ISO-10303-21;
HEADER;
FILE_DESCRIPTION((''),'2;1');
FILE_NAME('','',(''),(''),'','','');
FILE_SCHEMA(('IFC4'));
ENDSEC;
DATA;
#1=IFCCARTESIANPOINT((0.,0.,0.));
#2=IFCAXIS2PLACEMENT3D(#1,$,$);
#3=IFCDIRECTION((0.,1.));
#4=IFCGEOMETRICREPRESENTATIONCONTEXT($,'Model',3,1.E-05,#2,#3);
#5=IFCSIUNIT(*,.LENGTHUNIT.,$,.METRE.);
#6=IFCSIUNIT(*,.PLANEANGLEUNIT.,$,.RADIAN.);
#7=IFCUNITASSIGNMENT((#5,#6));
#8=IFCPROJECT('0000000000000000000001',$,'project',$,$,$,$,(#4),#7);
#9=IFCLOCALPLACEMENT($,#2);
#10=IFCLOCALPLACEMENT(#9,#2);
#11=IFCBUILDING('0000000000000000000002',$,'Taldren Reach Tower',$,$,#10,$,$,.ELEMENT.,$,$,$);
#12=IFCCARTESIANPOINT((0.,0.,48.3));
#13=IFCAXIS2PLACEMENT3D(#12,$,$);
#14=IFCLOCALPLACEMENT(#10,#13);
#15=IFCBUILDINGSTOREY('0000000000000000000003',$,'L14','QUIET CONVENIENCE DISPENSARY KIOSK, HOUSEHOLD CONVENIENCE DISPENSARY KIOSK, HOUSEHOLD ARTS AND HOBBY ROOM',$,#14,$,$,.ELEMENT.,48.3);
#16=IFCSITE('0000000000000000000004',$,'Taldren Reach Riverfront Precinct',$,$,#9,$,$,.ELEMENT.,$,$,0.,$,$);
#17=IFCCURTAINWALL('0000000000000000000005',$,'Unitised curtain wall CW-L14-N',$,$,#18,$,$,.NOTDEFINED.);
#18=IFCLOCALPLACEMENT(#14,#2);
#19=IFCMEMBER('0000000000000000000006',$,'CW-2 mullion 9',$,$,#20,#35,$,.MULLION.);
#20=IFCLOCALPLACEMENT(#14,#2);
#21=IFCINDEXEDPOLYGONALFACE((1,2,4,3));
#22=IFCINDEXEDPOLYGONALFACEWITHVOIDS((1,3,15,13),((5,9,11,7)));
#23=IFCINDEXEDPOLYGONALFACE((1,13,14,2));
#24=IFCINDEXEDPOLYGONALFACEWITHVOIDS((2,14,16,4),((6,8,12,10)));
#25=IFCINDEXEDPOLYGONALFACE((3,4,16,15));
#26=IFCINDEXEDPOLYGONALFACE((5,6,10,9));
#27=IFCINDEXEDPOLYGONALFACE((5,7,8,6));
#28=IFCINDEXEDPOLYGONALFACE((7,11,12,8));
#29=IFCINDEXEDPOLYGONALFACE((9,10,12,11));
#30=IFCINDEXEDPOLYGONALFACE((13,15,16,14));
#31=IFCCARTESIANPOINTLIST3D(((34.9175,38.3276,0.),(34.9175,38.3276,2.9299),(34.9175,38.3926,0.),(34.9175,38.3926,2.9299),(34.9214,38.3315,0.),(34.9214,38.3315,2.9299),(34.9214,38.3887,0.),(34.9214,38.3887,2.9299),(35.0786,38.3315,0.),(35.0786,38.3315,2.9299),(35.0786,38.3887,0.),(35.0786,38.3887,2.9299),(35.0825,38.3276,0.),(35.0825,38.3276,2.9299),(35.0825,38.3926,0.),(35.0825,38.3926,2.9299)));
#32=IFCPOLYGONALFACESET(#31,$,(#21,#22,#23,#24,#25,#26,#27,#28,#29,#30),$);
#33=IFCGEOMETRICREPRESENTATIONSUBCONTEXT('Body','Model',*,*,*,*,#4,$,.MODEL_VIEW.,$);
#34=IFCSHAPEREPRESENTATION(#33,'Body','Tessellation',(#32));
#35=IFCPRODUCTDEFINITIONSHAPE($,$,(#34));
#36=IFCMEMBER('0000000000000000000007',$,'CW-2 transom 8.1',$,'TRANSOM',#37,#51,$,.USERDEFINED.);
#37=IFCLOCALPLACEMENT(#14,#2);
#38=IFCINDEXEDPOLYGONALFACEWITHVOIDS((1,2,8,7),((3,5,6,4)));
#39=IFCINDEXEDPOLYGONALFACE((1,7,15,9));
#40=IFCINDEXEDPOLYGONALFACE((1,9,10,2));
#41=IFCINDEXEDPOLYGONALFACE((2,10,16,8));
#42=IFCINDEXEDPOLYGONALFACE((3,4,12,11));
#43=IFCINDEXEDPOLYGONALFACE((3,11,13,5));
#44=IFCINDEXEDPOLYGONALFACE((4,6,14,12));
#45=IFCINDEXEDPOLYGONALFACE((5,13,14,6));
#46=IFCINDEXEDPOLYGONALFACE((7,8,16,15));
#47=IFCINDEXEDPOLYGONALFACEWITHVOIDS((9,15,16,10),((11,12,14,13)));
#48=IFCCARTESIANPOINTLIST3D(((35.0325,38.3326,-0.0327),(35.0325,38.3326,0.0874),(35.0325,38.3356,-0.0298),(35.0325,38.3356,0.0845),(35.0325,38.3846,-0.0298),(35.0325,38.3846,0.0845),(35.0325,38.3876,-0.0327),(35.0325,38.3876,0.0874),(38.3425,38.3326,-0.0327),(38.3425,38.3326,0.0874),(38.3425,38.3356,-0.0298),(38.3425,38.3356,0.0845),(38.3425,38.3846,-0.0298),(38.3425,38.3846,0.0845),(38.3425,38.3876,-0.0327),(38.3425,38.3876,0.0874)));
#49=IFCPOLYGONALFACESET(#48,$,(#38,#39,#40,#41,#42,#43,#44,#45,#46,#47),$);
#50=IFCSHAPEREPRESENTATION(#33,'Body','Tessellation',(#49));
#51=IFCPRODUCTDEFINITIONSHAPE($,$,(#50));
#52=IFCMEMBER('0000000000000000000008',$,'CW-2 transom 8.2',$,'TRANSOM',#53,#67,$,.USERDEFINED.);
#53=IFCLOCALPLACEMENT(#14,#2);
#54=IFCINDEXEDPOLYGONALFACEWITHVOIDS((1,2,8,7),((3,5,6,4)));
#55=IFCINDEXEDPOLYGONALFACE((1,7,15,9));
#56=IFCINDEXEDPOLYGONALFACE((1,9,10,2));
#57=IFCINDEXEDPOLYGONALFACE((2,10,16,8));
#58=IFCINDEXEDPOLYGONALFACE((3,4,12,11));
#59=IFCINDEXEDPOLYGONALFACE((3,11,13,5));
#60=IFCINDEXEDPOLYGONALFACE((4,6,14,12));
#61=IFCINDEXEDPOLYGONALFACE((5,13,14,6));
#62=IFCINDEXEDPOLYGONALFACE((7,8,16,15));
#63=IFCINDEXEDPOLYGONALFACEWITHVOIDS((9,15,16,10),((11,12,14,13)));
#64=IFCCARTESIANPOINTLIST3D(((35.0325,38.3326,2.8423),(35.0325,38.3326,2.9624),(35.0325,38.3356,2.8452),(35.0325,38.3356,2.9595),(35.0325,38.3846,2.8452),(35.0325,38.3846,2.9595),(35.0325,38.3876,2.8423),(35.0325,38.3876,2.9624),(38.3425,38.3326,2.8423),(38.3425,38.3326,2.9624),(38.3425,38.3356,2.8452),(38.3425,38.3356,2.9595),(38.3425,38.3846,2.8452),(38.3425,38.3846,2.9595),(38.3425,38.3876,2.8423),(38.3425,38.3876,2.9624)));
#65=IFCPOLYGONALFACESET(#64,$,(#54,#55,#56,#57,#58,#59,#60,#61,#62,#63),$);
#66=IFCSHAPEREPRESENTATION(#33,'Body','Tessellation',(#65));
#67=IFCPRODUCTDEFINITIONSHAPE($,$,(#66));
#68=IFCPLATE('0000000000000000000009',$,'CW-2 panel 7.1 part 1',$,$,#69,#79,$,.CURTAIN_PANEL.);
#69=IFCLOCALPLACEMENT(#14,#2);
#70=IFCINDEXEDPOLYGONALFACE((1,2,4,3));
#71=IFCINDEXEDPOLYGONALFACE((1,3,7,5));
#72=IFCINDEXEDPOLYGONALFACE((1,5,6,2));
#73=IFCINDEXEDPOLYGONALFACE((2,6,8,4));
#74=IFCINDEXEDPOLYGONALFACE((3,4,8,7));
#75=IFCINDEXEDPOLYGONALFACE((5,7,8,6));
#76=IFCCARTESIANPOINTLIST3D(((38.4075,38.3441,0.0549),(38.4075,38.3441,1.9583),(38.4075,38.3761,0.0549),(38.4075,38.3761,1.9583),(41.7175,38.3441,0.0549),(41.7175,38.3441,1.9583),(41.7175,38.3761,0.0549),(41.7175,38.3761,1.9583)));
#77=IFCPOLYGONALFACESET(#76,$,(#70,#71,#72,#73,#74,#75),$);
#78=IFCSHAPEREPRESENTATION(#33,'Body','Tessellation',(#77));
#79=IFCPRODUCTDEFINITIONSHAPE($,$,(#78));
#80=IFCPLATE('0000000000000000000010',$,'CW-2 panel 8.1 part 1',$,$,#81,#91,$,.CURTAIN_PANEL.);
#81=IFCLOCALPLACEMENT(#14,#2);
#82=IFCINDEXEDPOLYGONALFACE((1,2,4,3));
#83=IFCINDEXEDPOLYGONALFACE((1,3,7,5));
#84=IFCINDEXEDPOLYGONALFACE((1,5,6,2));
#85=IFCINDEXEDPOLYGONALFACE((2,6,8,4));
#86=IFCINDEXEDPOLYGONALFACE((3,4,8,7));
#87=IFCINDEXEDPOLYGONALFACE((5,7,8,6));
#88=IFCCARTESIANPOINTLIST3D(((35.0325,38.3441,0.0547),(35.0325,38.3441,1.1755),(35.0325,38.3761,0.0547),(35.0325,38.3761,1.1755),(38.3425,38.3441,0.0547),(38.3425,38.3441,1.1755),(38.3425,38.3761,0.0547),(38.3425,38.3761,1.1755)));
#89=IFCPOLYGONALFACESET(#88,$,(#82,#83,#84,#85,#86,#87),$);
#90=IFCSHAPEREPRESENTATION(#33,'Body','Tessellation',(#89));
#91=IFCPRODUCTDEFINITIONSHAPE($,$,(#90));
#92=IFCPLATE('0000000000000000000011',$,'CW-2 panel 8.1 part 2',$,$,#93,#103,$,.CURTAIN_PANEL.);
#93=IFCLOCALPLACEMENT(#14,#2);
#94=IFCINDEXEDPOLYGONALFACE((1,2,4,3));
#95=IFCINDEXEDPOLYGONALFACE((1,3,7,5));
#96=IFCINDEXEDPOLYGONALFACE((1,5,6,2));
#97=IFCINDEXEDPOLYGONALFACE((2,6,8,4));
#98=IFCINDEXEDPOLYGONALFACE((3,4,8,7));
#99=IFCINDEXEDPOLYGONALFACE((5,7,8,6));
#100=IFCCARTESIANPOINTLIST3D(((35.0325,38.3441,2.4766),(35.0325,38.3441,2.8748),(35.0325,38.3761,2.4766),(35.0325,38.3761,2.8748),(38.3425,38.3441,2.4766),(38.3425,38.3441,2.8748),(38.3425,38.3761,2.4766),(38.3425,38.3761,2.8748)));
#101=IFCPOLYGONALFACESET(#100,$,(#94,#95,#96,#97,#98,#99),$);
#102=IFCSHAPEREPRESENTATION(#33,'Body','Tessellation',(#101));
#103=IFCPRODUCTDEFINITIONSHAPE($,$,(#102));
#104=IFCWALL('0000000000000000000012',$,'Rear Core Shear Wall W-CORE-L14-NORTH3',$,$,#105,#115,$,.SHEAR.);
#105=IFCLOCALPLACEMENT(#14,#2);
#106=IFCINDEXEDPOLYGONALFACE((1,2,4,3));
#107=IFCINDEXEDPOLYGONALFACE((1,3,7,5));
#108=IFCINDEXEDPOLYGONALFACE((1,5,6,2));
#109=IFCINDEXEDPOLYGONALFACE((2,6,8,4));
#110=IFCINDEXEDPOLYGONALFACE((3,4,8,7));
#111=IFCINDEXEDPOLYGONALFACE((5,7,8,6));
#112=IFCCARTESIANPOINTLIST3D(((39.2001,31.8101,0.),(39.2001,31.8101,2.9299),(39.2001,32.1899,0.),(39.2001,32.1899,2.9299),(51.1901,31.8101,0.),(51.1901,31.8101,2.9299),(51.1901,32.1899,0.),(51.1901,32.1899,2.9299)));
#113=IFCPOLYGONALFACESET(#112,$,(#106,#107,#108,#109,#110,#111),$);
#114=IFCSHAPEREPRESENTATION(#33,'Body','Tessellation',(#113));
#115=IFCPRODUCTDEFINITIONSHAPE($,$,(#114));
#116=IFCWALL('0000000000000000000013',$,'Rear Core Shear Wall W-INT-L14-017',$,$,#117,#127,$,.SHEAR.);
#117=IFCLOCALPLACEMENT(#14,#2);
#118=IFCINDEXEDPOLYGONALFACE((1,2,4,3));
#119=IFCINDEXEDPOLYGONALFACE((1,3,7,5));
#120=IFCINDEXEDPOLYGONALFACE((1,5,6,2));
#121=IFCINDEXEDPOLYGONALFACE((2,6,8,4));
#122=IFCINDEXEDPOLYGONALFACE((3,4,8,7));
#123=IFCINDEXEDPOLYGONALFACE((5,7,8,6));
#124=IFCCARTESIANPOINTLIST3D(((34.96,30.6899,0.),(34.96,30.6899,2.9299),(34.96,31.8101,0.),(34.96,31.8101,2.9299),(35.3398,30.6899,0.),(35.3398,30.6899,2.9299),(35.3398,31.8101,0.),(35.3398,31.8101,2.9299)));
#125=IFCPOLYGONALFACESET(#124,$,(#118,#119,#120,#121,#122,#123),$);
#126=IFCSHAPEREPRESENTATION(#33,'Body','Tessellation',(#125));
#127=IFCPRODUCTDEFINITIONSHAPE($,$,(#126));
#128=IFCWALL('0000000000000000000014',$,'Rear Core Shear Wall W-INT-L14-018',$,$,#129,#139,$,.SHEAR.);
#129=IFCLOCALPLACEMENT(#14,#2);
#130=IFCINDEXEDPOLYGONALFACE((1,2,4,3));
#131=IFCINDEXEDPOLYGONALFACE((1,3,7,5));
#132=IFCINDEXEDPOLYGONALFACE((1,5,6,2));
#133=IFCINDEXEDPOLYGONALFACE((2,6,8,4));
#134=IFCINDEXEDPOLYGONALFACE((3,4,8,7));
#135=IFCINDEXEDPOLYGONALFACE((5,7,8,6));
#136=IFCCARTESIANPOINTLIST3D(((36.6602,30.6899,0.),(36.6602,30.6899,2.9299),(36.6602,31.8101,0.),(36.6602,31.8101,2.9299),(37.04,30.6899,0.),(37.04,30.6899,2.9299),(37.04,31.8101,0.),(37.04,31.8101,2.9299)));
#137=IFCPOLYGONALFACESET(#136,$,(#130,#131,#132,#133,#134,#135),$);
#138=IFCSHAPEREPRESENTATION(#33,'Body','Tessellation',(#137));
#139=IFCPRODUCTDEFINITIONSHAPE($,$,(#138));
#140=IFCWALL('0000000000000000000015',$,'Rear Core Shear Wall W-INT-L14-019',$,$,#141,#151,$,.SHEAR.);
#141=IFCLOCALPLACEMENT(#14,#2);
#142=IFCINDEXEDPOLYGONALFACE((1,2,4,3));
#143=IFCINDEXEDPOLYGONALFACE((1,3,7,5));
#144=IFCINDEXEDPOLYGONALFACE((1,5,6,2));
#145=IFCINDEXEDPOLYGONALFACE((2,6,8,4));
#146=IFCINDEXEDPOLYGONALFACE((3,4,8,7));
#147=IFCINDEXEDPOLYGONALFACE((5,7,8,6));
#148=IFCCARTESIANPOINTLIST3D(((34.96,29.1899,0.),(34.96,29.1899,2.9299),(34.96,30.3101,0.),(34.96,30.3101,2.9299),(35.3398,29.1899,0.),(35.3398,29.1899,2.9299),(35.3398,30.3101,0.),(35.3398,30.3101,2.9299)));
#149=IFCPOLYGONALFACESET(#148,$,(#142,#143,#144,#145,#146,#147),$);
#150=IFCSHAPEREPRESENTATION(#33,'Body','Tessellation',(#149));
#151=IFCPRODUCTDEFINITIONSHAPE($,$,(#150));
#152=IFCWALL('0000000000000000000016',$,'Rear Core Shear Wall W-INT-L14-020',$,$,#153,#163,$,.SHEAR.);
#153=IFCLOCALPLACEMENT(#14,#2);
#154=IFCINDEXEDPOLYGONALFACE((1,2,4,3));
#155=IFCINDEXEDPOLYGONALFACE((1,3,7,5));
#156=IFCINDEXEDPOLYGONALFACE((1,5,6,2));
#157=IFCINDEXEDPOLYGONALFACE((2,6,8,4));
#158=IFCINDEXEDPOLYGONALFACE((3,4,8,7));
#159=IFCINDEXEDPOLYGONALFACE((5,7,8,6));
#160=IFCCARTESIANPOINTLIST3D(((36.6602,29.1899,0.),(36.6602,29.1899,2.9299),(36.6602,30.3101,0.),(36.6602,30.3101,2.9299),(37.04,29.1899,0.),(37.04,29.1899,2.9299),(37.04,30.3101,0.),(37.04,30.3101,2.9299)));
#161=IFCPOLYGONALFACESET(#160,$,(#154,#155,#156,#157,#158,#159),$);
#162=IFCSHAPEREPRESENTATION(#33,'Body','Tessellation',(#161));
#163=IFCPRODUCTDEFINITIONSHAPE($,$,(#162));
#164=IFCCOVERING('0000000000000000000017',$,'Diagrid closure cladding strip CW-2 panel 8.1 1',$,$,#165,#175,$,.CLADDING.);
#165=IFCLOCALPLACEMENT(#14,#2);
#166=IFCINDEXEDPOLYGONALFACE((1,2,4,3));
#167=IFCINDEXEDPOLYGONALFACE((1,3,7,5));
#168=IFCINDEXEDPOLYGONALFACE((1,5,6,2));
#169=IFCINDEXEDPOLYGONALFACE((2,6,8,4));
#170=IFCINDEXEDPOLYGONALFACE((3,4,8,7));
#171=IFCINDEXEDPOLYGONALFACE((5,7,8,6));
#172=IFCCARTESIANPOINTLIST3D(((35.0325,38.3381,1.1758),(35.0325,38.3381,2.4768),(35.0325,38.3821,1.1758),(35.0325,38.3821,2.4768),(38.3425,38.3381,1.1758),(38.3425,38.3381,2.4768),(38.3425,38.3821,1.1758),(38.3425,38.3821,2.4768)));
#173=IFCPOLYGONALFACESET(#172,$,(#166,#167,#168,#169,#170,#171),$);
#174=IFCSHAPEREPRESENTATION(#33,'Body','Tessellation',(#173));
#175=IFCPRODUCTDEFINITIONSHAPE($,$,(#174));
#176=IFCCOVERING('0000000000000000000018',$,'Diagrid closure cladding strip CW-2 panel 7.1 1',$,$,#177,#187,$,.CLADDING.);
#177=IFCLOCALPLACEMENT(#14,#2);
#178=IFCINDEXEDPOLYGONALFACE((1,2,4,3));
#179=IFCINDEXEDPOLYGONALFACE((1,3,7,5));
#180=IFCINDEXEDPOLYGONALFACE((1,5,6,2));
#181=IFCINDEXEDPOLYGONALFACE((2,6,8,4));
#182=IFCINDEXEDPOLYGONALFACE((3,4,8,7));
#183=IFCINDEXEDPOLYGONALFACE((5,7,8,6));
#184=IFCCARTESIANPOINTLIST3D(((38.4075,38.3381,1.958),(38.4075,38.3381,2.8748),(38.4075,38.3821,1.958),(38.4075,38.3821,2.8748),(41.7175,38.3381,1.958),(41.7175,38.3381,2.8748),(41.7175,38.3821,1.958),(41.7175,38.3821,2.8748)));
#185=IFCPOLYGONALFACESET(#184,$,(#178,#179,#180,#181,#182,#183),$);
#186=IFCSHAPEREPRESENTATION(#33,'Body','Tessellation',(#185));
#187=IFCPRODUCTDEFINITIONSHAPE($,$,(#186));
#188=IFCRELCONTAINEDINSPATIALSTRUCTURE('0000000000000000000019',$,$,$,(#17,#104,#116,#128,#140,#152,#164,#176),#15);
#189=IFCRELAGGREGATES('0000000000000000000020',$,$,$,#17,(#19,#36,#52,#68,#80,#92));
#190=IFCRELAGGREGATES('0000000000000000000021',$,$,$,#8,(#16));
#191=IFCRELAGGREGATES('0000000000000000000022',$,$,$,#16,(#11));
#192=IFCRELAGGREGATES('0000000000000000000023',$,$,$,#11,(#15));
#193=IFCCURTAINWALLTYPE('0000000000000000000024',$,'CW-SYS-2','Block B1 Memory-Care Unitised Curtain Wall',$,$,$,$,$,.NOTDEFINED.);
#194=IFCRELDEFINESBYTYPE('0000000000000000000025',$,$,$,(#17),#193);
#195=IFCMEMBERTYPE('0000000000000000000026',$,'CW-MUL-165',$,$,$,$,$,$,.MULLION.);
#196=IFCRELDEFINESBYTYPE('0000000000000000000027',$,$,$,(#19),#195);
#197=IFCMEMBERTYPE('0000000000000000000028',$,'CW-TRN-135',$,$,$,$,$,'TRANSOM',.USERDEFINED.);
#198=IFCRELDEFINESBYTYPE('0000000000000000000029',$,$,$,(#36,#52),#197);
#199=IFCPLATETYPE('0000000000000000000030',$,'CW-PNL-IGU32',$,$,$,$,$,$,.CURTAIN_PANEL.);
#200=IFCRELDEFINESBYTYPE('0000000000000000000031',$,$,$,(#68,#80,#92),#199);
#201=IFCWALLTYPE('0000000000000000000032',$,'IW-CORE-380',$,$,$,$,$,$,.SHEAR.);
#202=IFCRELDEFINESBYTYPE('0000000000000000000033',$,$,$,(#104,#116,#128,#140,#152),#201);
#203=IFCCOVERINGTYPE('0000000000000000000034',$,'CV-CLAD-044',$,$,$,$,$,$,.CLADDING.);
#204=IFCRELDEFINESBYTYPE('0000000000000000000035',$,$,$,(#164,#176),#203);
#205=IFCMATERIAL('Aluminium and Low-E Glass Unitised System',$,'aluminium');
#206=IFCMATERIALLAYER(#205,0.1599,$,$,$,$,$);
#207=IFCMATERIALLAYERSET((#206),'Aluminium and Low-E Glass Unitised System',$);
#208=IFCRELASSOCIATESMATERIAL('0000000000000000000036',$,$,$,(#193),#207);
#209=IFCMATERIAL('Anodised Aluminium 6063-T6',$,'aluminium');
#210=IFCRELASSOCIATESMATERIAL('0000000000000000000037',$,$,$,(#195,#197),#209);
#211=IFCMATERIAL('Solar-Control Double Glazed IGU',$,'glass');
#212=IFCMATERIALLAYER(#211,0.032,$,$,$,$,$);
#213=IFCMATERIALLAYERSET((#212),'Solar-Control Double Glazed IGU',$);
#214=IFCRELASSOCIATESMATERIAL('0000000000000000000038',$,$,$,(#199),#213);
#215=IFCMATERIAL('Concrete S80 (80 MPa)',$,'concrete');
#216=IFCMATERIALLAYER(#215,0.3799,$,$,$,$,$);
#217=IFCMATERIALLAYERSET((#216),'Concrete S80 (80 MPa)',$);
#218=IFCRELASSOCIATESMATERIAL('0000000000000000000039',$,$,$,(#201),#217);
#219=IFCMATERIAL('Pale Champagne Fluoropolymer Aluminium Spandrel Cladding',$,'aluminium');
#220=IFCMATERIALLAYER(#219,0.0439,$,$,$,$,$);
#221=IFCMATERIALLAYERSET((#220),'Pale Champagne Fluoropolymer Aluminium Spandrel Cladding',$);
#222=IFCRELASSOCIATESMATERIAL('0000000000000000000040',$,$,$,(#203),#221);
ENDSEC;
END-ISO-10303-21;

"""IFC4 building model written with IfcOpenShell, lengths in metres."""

from ifc_helpers import new_model, si_unit, direction, frame, frame_2d, origin, origin_2d, place, context, subcontext, project, spatial, rectangle, hollow_rectangle, extrude, source, transform, mapped, material, layer, layer_set, material_profile, profile_set, type_object, element, aggregate, save


model = new_model("IFC4")

# Units and contexts
model_context = context("Model", 3, precision=1e-05, world=origin(), true_north=direction((0.0, 1.0)))
body_context = subcontext(model_context, "Body", "Model", "MODEL_VIEW")
ifc_project = project(units=[si_unit("LENGTHUNIT", "METRE"), si_unit("PLANEANGLEUNIT", "RADIAN")], contexts=[model_context])

# Site, building, storey
site_placement = place(None, origin())
site = spatial("IfcSite", under=ifc_project, at=site_placement, Name="Taldren Reach Riverfront Precinct", CompositionType="ELEMENT", RefElevation=0.0)
building_placement = place(site_placement, origin())
building = spatial("IfcBuilding", under=site, at=building_placement, Name="Taldren Reach Tower", CompositionType="ELEMENT")
storey_placement = place(building_placement, frame((0.0, 0.0, 48.3)))
storey = spatial("IfcBuildingStorey", under=building, at=storey_placement, Name="L14", Description="QUIET CONVENIENCE DISPENSARY KIOSK, HOUSEHOLD CONVENIENCE DISPENSARY KIOSK, HOUSEHOLD ARTS AND HOBBY ROOM", CompositionType="ELEMENT", Elevation=48.3)

# Curtain wall, members, plates
ifc_material_1 = material(Name="Aluminium and Low-E Glass Unitised System", Category="aluminium")
ifc_layer_1 = layer(ifc_material_1, 0.1599)
ifc_layer_set_1 = layer_set([ifc_layer_1], Name="Aluminium and Low-E Glass Unitised System")
curtain_wall_type = type_object("IfcCurtainWallType", Name="CW-SYS-2", Description="Block B1 Memory-Care Unitised Curtain Wall", PredefinedType="NOTDEFINED", material=ifc_layer_set_1)
curtain_wall_placement = place(storey_placement, origin())
curtain_wall = element("IfcCurtainWall", 1, at=curtain_wall_placement, inside=storey, type_object=curtain_wall_type, Name="Unitised curtain wall CW-L14-N", PredefinedType="NOTDEFINED")
ifc_material_2 = material(Name="Anodised Aluminium 6063-T6", Category="aluminium")
ifc_material_profile_1 = material_profile(ifc_material_2, hollow_rectangle(XDim=0.0649, YDim=0.165, WallThickness=0.0039, at=origin_2d()), Name="ALU-165x65x4RHS")
ifc_profile_set_1 = profile_set([ifc_material_profile_1], Name="Anodised Aluminium 6063-T6")
member_type_1 = type_object("IfcMemberType", Name="CW-MUL-165", PredefinedType="MULLION", material=ifc_profile_set_1)
shared_shape_1 = source(origin(), body_context, "Body", "SweptSolid", [
    extrude(hollow_rectangle(XDim=0.0649, YDim=0.165, WallThickness=0.0039, at=origin_2d()), origin(), (0.0, 0.0, 1.0), 2.9299),
])
member_1_placement = place(storey_placement, frame((35.0, 38.3601, 0.0), z_axis=(0.0, 0.0, 1.0), x_axis=(0.0, -1.0, 0.0)))
member_1 = element("IfcMember", 2, at=member_1_placement, type_object=member_type_1, Name="CW-2 mullion 9", PredefinedType="MULLION", context=body_context, shape_type="MappedRepresentation", body=[
    mapped(shared_shape_1, transform((0.0, 0.0, 0.0), scale=1.0)),
])
ifc_material_profile_2 = material_profile(ifc_material_2, hollow_rectangle(XDim=0.0549, YDim=0.1201, WallThickness=0.0029, at=origin_2d()), Name="ALU-120x55x3RHS")
ifc_profile_set_2 = profile_set([ifc_material_profile_2], Name="Anodised Aluminium 6063-T6")
member_type_2 = type_object("IfcMemberType", Name="CW-TRN-135", ElementType="TRANSOM", PredefinedType="USERDEFINED", material=ifc_profile_set_2)
shared_shape_2 = source(origin(), body_context, "Body", "SweptSolid", [
    extrude(hollow_rectangle(XDim=0.0549, YDim=0.1201, WallThickness=0.0029, at=origin_2d()), origin(), (0.0, 0.0, 1.0), 3.3101),
])
member_2_placement = place(storey_placement, frame((38.3425, 38.3601, 0.0273), z_axis=(-1.0, 0.0, 0.0), x_axis=(0.0, -1.0, 0.0)))
member_2 = element("IfcMember", 3, at=member_2_placement, type_object=member_type_2, Name="CW-2 transom 8.1", ObjectType="TRANSOM", PredefinedType="USERDEFINED", context=body_context, shape_type="MappedRepresentation", body=[
    mapped(shared_shape_2, transform((0.0, 0.0, 0.0), scale=1.0)),
])
member_3_placement = place(storey_placement, frame((38.3425, 38.3601, 2.9023), z_axis=(-1.0, 0.0, 0.0), x_axis=(0.0, -1.0, 0.0)))
member_3 = element("IfcMember", 4, at=member_3_placement, type_object=member_type_2, Name="CW-2 transom 8.2", ObjectType="TRANSOM", PredefinedType="USERDEFINED", context=body_context, shape_type="MappedRepresentation", body=[
    mapped(shared_shape_2, transform((0.0, 0.0, 0.0), scale=1.0)),
])
ifc_material_3 = material(Name="Solar-Control Double Glazed IGU", Category="glass")
ifc_layer_2 = layer(ifc_material_3, 0.032)
ifc_layer_set_2 = layer_set([ifc_layer_2], Name="Solar-Control Double Glazed IGU")
plate_type = type_object("IfcPlateType", Name="CW-PNL-IGU32", PredefinedType="CURTAIN_PANEL", material=ifc_layer_set_2)
shared_shape_3 = source(origin(), body_context, "Body", "SweptSolid", [
    extrude(rectangle(XDim=3.3101, YDim=0.032, at=origin_2d()), origin(), (0.0, 0.0, 1.0), 1.9033),
])
plate_1_placement = place(storey_placement, frame((40.0625, 38.3601, 0.0549), z_axis=(0.0, 0.0, 1.0), x_axis=(-1.0, 0.0, 0.0)))
plate_1 = element("IfcPlate", 5, at=plate_1_placement, type_object=plate_type, Name="CW-2 panel 7.1 part 1", PredefinedType="CURTAIN_PANEL", context=body_context, shape_type="MappedRepresentation", body=[
    mapped(shared_shape_3, transform((0.0, 0.0, 0.0), scale=1.0)),
])
shared_shape_4 = source(origin(), body_context, "Body", "SweptSolid", [
    extrude(rectangle(XDim=3.3101, YDim=0.032, at=origin_2d()), origin(), (0.0, 0.0, 1.0), 1.1208),
])
plate_2_placement = place(storey_placement, frame((36.6875, 38.3601, 0.0547), z_axis=(0.0, 0.0, 1.0), x_axis=(-1.0, 0.0, 0.0)))
plate_2 = element("IfcPlate", 6, at=plate_2_placement, type_object=plate_type, Name="CW-2 panel 8.1 part 1", PredefinedType="CURTAIN_PANEL", context=body_context, shape_type="MappedRepresentation", body=[
    mapped(shared_shape_4, transform((0.0, 0.0, 0.0), scale=1.0)),
])
shared_shape_5 = source(origin(), body_context, "Body", "SweptSolid", [
    extrude(rectangle(XDim=3.3101, YDim=0.032, at=origin_2d()), origin(), (0.0, 0.0, 1.0), 0.3982),
])
plate_3_placement = place(storey_placement, frame((36.6875, 38.3601, 2.4766), z_axis=(0.0, 0.0, 1.0), x_axis=(-1.0, 0.0, 0.0)))
plate_3 = element("IfcPlate", 7, at=plate_3_placement, type_object=plate_type, Name="CW-2 panel 8.1 part 2", PredefinedType="CURTAIN_PANEL", context=body_context, shape_type="MappedRepresentation", body=[
    mapped(shared_shape_5, transform((0.0, 0.0, 0.0), scale=1.0)),
])
aggregate(curtain_wall, [member_1, member_2, member_3, plate_1, plate_2, plate_3])

# Walls
ifc_material_4 = material(Name="Concrete S80 (80 MPa)", Category="concrete")
ifc_layer_3 = layer(ifc_material_4, 0.3799)
ifc_layer_set_3 = layer_set([ifc_layer_3], Name="Concrete S80 (80 MPa)")
wall_type = type_object("IfcWallType", Name="IW-CORE-380", PredefinedType="SHEAR", material=ifc_layer_set_3)
shared_shape_6 = source(origin(), body_context, "Body", "SweptSolid", [
    extrude(rectangle(XDim=11.99, YDim=0.3799, at=frame_2d((5.9951, 0.0))), origin(), (0.0, 0.0, 1.0), 2.9299),
])
wall_placement = place(storey_placement, frame((39.2, 32.0, 0.0), z_axis=(0.0, 0.0, 1.0), x_axis=(1.0, 0.0, 0.0)))
element("IfcWall", 8, at=wall_placement, inside=storey, type_object=wall_type, Name="Rear Core Shear Wall W-CORE-L14-NORTH3", PredefinedType="SHEAR", context=body_context, shape_type="MappedRepresentation", body=[
    mapped(shared_shape_6, transform((0.0, 0.0, 0.0), scale=1.0)),
])
shared_shape_7 = source(origin(), body_context, "Body", "SweptSolid", [
    extrude(rectangle(XDim=1.1201, YDim=0.3799, at=frame_2d((0.5601, 0.0))), origin(), (0.0, 0.0, 1.0), 2.9299),
])
for number, where, z_axis, x_axis, name in (
    (9, (35.1499, 31.8101, 0.0), (0.0, 0.0, 1.0), (0.0, -1.0, 0.0), "Rear Core Shear Wall W-INT-L14-017"),
    (10, (36.8501, 30.6899, 0.0), (0.0, 0.0, 1.0), (0.0, 1.0, 0.0), "Rear Core Shear Wall W-INT-L14-018"),
    (11, (35.1499, 30.3101, 0.0), (0.0, 0.0, 1.0), (0.0, -1.0, 0.0), "Rear Core Shear Wall W-INT-L14-019"),
    (12, (36.8501, 29.1899, 0.0), (0.0, 0.0, 1.0), (0.0, 1.0, 0.0), "Rear Core Shear Wall W-INT-L14-020"),
):
    element("IfcWall", number, at=place(storey_placement, frame(where, z_axis=z_axis, x_axis=x_axis)), inside=storey, type_object=wall_type, Name=name, PredefinedType="SHEAR", context=body_context, shape_type="MappedRepresentation", body=[
        mapped(shared_shape_7, transform((0.0, 0.0, 0.0), scale=1.0)),
    ])

# Coverings
ifc_material_5 = material(Name="Pale Champagne Fluoropolymer Aluminium Spandrel Cladding", Category="aluminium")
ifc_layer_4 = layer(ifc_material_5, 0.0439)
ifc_layer_set_4 = layer_set([ifc_layer_4], Name="Pale Champagne Fluoropolymer Aluminium Spandrel Cladding")
covering_type = type_object("IfcCoveringType", Name="CV-CLAD-044", PredefinedType="CLADDING", material=ifc_layer_set_4)
shared_shape_8 = source(origin(), body_context, "Body", "SweptSolid", [
    extrude(rectangle(XDim=3.3101, YDim=0.0439, at=origin_2d()), origin(), (0.0, 0.0, 1.0), 1.301),
])
covering_1_placement = place(storey_placement, frame((36.6875, 38.3601, 1.1758), z_axis=(0.0, 0.0, 1.0), x_axis=(-1.0, 0.0, 0.0)))
element("IfcCovering", 13, at=covering_1_placement, inside=storey, type_object=covering_type, Name="Diagrid closure cladding strip CW-2 panel 8.1 1", PredefinedType="CLADDING", context=body_context, shape_type="MappedRepresentation", body=[
    mapped(shared_shape_8, transform((0.0, 0.0, 0.0), scale=1.0)),
])
shared_shape_9 = source(origin(), body_context, "Body", "SweptSolid", [
    extrude(rectangle(XDim=3.3101, YDim=0.0439, at=origin_2d()), origin(), (0.0, 0.0, 1.0), 0.9167),
])
covering_2_placement = place(storey_placement, frame((40.0625, 38.3601, 1.958), z_axis=(0.0, 0.0, 1.0), x_axis=(-1.0, 0.0, 0.0)))
element("IfcCovering", 14, at=covering_2_placement, inside=storey, type_object=covering_type, Name="Diagrid closure cladding strip CW-2 panel 7.1 1", PredefinedType="CLADDING", context=body_context, shape_type="MappedRepresentation", body=[
    mapped(shared_shape_9, transform((0.0, 0.0, 0.0), scale=1.0)),
])

save(model, "model.ifc")
